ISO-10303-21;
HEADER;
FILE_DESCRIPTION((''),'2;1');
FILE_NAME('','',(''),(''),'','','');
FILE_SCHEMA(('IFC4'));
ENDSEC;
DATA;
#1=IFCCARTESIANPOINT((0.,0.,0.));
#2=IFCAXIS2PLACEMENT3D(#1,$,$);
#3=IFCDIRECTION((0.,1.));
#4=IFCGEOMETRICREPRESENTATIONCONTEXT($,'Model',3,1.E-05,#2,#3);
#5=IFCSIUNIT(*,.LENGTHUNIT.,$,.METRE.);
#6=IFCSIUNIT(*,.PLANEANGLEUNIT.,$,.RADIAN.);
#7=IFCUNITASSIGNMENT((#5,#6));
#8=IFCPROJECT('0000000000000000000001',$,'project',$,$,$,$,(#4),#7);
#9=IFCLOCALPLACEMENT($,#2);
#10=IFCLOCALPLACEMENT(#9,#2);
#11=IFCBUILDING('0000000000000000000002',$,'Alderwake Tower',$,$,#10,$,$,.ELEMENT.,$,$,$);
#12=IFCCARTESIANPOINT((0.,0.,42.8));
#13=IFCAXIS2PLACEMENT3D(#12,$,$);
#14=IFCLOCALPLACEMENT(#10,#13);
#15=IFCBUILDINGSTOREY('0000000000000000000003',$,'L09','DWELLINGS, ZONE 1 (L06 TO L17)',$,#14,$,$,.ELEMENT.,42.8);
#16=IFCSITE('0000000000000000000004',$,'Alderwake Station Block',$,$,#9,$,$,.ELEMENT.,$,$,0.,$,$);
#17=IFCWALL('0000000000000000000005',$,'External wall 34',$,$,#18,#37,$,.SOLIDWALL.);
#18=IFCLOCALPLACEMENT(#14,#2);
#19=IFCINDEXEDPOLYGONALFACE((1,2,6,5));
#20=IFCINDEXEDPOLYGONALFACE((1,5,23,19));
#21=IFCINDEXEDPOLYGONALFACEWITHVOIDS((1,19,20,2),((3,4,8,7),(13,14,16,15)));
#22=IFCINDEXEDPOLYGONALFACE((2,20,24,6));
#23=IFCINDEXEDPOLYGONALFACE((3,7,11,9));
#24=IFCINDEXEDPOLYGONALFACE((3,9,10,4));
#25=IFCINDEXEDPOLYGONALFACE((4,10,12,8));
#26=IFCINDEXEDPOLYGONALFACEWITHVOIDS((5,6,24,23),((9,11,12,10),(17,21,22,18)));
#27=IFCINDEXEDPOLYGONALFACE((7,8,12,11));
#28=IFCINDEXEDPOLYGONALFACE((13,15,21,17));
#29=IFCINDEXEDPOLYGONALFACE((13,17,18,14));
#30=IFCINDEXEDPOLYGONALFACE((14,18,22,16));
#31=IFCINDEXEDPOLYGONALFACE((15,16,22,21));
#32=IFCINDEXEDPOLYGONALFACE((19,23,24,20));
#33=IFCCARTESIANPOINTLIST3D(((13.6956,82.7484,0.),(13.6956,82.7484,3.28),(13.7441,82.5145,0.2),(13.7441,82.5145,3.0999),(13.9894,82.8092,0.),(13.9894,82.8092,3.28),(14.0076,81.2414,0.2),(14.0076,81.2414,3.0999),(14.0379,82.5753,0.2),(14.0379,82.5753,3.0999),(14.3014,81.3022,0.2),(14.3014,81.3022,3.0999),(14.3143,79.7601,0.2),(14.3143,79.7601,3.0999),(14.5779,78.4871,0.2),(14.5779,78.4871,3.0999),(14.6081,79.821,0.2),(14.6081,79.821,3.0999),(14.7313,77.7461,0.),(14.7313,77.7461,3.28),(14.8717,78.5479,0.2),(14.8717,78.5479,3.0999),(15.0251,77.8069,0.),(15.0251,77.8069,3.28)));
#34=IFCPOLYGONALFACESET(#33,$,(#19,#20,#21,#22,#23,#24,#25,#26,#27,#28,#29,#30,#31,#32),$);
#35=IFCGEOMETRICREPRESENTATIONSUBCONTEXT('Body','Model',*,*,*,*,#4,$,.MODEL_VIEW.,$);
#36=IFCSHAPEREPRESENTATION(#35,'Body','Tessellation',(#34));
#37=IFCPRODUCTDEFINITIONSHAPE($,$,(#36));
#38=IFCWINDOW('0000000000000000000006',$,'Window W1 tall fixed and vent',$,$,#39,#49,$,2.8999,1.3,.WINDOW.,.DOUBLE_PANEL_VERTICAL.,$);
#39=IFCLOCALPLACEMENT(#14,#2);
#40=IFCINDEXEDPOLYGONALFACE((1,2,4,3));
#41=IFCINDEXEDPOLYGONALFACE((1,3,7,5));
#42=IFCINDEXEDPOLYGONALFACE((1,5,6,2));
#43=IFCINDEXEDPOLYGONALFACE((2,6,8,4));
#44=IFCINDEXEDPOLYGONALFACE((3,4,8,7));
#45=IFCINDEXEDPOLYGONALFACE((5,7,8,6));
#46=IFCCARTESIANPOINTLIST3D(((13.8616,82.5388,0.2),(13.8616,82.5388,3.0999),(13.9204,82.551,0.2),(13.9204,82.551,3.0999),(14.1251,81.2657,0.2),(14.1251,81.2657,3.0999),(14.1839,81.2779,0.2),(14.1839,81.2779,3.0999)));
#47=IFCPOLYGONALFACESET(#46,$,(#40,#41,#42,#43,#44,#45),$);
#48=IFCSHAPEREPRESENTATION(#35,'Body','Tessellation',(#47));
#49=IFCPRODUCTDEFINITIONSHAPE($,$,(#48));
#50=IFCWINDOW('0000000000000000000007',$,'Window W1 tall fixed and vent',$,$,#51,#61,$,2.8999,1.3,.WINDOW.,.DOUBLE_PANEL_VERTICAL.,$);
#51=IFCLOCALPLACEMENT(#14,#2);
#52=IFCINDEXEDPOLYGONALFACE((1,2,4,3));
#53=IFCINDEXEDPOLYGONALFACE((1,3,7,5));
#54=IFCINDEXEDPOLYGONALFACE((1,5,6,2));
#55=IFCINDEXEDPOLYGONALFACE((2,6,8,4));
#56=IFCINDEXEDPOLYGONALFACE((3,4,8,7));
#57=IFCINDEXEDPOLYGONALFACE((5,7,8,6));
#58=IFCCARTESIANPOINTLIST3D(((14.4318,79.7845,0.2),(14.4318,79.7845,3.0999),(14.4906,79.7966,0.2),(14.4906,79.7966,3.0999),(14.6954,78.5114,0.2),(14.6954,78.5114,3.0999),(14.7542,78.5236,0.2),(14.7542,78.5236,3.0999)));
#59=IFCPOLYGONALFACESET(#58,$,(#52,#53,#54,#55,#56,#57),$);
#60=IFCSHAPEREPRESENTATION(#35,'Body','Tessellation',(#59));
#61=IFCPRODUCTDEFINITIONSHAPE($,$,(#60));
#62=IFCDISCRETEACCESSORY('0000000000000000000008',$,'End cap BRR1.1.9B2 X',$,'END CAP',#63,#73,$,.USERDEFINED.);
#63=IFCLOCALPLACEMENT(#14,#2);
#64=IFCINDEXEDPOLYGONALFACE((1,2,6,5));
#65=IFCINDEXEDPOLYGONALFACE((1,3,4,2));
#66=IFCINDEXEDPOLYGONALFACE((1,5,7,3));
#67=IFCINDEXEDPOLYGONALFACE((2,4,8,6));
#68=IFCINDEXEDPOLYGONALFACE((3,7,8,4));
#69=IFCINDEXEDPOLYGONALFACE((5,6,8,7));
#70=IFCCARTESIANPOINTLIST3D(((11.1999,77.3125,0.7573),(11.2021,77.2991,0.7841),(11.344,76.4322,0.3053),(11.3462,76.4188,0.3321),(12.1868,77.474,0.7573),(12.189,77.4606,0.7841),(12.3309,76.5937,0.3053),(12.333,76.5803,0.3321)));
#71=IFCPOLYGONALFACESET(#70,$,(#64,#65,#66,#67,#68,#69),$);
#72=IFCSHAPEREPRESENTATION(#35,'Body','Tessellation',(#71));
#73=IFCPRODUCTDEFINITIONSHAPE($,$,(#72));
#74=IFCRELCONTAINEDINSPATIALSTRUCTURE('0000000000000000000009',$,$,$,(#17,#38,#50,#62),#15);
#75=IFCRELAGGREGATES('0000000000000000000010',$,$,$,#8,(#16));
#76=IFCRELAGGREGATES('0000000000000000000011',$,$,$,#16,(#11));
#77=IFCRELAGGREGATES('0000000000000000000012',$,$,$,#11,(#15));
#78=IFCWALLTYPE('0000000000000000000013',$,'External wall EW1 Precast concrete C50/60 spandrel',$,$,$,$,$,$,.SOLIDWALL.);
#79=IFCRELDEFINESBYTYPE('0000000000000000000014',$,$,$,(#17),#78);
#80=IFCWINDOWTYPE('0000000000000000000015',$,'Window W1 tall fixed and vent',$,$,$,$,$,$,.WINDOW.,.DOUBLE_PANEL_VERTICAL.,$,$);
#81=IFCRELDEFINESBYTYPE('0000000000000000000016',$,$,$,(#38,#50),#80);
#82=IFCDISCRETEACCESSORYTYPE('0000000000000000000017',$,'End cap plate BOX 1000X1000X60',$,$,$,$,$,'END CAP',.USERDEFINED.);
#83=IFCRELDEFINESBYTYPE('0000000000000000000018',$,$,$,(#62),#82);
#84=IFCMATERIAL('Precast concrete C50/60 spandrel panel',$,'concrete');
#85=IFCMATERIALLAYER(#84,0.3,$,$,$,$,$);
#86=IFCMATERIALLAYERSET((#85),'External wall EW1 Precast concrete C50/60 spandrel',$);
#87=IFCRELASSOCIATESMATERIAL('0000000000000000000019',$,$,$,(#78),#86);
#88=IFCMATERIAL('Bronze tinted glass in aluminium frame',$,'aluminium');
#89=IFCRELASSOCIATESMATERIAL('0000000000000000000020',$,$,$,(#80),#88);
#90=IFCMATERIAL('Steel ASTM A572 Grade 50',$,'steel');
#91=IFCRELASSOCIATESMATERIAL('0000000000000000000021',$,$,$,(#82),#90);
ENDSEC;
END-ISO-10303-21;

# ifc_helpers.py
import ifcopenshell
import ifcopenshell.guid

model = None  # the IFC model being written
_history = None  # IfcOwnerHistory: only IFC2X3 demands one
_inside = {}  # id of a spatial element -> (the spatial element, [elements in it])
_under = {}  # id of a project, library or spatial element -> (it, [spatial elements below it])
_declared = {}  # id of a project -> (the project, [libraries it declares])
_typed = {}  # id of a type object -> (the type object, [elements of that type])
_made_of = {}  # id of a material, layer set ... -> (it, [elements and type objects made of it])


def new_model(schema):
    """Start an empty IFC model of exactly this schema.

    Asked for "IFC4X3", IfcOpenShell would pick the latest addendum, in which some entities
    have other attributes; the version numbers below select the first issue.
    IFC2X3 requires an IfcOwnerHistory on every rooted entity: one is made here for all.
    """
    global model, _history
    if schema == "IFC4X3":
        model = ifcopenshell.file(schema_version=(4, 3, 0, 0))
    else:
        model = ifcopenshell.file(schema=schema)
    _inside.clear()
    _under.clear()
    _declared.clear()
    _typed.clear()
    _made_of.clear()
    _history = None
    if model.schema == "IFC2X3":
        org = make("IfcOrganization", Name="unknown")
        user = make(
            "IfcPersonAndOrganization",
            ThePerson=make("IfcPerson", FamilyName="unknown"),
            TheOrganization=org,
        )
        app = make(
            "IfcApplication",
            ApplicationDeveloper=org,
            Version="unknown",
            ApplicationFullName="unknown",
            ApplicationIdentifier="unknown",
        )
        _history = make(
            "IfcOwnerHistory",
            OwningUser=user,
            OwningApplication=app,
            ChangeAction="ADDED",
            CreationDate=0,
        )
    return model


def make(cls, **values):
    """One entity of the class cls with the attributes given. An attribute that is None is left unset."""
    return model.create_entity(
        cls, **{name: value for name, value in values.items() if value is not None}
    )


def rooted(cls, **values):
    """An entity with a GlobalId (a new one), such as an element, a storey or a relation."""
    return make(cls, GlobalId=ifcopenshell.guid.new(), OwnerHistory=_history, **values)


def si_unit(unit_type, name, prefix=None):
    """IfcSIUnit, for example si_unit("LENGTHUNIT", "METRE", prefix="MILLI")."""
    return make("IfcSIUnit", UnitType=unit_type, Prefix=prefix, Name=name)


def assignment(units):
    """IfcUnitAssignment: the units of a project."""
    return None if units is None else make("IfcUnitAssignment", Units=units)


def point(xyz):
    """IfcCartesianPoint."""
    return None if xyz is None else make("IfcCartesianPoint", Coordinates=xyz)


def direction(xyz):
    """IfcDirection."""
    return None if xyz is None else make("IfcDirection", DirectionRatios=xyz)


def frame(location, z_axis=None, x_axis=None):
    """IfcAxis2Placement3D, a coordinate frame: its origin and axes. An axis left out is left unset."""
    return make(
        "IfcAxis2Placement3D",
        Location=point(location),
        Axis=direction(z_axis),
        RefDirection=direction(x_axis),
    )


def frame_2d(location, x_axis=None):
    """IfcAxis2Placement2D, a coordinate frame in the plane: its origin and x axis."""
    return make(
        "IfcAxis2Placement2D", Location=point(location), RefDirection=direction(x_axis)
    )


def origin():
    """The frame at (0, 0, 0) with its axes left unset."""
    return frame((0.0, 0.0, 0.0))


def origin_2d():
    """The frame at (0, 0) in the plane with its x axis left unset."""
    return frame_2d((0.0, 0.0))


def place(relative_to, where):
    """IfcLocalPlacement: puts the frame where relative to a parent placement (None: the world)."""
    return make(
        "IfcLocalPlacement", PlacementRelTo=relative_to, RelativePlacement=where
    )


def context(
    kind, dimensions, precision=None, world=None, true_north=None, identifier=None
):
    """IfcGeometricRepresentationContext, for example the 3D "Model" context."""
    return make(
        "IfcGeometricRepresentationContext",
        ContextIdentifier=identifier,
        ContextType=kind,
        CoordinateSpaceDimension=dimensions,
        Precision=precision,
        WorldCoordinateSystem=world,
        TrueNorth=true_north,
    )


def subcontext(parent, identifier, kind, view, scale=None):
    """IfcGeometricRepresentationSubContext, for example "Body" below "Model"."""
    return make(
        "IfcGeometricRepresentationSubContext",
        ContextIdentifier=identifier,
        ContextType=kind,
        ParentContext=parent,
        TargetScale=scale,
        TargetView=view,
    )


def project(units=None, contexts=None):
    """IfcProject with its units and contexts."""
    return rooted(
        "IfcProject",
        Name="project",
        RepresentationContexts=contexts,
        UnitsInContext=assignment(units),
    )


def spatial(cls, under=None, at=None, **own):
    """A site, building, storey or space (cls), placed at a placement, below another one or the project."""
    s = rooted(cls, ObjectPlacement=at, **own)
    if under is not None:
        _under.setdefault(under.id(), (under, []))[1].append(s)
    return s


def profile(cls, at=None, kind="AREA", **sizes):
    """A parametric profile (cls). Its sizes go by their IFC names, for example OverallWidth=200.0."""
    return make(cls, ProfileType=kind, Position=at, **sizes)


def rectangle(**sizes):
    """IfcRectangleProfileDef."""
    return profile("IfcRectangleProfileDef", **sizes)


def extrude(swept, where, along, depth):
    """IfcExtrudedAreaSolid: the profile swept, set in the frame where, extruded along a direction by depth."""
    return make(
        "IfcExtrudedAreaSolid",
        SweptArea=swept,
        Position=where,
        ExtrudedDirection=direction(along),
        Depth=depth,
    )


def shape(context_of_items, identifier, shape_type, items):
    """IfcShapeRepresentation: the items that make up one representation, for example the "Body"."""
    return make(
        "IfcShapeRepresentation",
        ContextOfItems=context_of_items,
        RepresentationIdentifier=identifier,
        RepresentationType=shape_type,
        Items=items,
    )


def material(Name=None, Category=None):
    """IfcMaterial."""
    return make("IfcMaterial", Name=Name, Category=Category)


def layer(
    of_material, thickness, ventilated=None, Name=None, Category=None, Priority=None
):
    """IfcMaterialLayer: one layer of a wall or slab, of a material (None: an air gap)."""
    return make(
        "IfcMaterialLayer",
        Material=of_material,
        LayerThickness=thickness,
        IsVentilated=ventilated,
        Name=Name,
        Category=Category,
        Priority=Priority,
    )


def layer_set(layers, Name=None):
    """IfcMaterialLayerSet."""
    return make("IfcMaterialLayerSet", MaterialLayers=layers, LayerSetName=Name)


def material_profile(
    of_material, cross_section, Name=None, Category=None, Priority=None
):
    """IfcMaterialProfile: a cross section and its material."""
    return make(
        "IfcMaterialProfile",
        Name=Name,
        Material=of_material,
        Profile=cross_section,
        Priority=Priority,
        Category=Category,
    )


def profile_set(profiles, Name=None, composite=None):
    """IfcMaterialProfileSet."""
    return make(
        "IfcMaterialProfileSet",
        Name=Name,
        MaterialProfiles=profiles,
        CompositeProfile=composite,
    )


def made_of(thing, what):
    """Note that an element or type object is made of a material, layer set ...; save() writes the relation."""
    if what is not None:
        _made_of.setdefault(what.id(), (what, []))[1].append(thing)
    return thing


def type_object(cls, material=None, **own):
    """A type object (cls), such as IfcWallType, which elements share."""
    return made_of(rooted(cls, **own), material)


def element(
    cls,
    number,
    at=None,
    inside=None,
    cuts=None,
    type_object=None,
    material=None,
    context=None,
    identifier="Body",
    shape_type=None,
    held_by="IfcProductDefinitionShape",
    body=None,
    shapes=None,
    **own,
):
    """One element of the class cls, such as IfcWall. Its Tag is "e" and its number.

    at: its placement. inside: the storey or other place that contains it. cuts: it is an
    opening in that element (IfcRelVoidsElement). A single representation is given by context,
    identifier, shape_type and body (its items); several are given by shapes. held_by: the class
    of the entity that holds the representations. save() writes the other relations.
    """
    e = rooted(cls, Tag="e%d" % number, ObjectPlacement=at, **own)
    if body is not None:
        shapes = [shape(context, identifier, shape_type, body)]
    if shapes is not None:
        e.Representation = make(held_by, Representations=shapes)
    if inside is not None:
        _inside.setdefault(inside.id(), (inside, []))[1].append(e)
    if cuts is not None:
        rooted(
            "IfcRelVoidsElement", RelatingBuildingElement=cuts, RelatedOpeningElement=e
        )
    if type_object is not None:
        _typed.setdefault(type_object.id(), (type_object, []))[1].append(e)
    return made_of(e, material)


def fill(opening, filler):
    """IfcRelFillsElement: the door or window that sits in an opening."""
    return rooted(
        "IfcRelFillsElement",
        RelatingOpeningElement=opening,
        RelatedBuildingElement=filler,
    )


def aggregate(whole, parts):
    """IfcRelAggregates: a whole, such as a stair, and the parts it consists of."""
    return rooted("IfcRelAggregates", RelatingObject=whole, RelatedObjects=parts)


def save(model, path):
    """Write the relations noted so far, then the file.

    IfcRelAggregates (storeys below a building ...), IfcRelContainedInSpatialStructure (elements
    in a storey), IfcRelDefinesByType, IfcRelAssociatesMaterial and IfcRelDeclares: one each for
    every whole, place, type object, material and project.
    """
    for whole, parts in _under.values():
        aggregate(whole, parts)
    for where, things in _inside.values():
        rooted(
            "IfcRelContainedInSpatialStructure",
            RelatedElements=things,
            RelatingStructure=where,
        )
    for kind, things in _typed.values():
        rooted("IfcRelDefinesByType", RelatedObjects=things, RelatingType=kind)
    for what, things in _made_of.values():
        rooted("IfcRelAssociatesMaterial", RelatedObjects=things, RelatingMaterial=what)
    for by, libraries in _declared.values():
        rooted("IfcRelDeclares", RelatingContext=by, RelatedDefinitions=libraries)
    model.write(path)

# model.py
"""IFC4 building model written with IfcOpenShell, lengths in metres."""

from ifc_helpers import new_model, si_unit, direction, frame, frame_2d, origin, origin_2d, place, context, subcontext, project, spatial, rectangle, extrude, material, layer, layer_set, material_profile, profile_set, type_object, element, fill, save


model = new_model("IFC4")

# Units and contexts
model_context = context("Model", 3, precision=1e-05, world=origin(), true_north=direction((0.0, 1.0)))
body_context = subcontext(model_context, "Body", "Model", "MODEL_VIEW")
ifc_project = project(units=[si_unit("LENGTHUNIT", "METRE"), si_unit("PLANEANGLEUNIT", "RADIAN")], contexts=[model_context])

# Site, building, storey
site_placement = place(None, origin())
site = spatial("IfcSite", under=ifc_project, at=site_placement, Name="Alderwake Station Block", CompositionType="ELEMENT", RefElevation=0.0)
building_placement = place(site_placement, origin())
building = spatial("IfcBuilding", under=site, at=building_placement, Name="Alderwake Tower", CompositionType="ELEMENT")
storey_placement = place(building_placement, frame((0.0, 0.0, 42.8)))
storey = spatial("IfcBuildingStorey", under=building, at=storey_placement, Name="L09", Description="DWELLINGS, ZONE 1 (L06 TO L17)", CompositionType="ELEMENT", Elevation=42.8)

# Wall, openings, windows
ifc_material_1 = material(Name="Precast concrete C50/60 spandrel panel", Category="concrete")
ifc_layer_1 = layer(ifc_material_1, 0.3)
ifc_layer_set_1 = layer_set([ifc_layer_1], Name="External wall EW1 Precast concrete C50/60 spandrel")
wall_type_1 = type_object("IfcWallType", Name="External wall EW1 Precast concrete C50/60 spandrel", PredefinedType="SOLIDWALL", material=ifc_layer_set_1)
wall_1_placement = place(storey_placement, frame((13.8425, 82.7788, 0.0), z_axis=(0.0, 0.0, 1.0), x_axis=(0.202738, -0.979233, 0.0)))
wall_1 = element("IfcWall", 1, at=wall_1_placement, inside=storey, type_object=wall_type_1, Name="External wall 34", PredefinedType="SOLIDWALL", context=body_context, shape_type="SweptSolid", body=[
    extrude(rectangle(XDim=5.1084, YDim=0.3, at=frame_2d((2.5542, 0.0))), origin(), (0.0, 0.0, 1.0), 3.28),
])
opening_1_placement = place(wall_1_placement, frame((0.239, 0.0, 0.2)))
opening_1 = element("IfcOpeningElement", 2, at=opening_1_placement, cuts=wall_1, PredefinedType="OPENING", context=body_context, shape_type="SweptSolid", body=[
    extrude(rectangle(XDim=1.3, YDim=2.8999, at=frame_2d((0.6499, 1.45))), frame((0.0, 0.1599, 0.0), z_axis=(0.0, -1.0, 0.0), x_axis=(1.0, 0.0, 0.0)), (0.0, 0.0, 1.0), 0.3201),
])
opening_2_placement = place(wall_1_placement, frame((3.0518, 0.0, 0.2)))
opening_2 = element("IfcOpeningElement", 3, at=opening_2_placement, cuts=wall_1, PredefinedType="OPENING", context=body_context, shape_type="SweptSolid", body=[
    extrude(rectangle(XDim=1.3, YDim=2.8999, at=frame_2d((0.6499, 1.45))), frame((0.0, 0.1599, 0.0), z_axis=(0.0, -1.0, 0.0), x_axis=(1.0, 0.0, 0.0)), (0.0, 0.0, 1.0), 0.3201),
])
ifc_material_2 = material(Name="Bronze tinted glass in aluminium frame", Category="aluminium")
window_type = type_object("IfcWindowType", Name="Window W1 tall fixed and vent", PartitioningType="DOUBLE_PANEL_VERTICAL", PredefinedType="WINDOW", material=ifc_material_2)
window_1_placement = place(opening_1_placement, origin())
window_1 = element("IfcWindow", 4, at=window_1_placement, inside=storey, type_object=window_type, Name="Window W1 tall fixed and vent", OverallHeight=2.8999, OverallWidth=1.3, PartitioningType="DOUBLE_PANEL_VERTICAL", PredefinedType="WINDOW", context=body_context, shape_type="SweptSolid", body=[
    extrude(rectangle(XDim=1.3, YDim=2.8999, at=frame_2d((0.6499, 1.45))), frame((0.0, 0.03, 0.0), z_axis=(0.0, -1.0, 0.0), x_axis=(1.0, 0.0, 0.0)), (0.0, 0.0, 1.0), 0.0601),
])
fill(opening_1, window_1)
window_2_placement = place(opening_2_placement, origin())
window_2 = element("IfcWindow", 5, at=window_2_placement, inside=storey, type_object=window_type, Name="Window W1 tall fixed and vent", OverallHeight=2.8999, OverallWidth=1.3, PartitioningType="DOUBLE_PANEL_VERTICAL", PredefinedType="WINDOW", context=body_context, shape_type="SweptSolid", body=[
    extrude(rectangle(XDim=1.3, YDim=2.8999, at=frame_2d((0.6499, 1.45))), frame((0.0, 0.03, 0.0), z_axis=(0.0, -1.0, 0.0), x_axis=(1.0, 0.0, 0.0)), (0.0, 0.0, 1.0), 0.0601),
])
fill(opening_2, window_2)

# Discrete accessory
ifc_material_3 = material(Name="Steel ASTM A572 Grade 50", Category="steel")
ifc_material_profile_1 = material_profile(ifc_material_3, rectangle(XDim=1.0, YDim=1.0, at=origin_2d()), Name="BOX 1000X1000X60 cap")
ifc_profile_set_1 = profile_set([ifc_material_profile_1], Name="Steel ASTM A572 Grade 50")
discrete_accessory_type = type_object("IfcDiscreteAccessoryType", Name="End cap plate BOX 1000X1000X60", ElementType="END CAP", PredefinedType="USERDEFINED", material=ifc_profile_set_1)
discrete_accessory_placement = place(storey_placement, frame((11.7676, 76.9397, 0.5581), z_axis=(-0.072985, 0.446021, -0.892042), x_axis=(-0.986875, -0.161489, 0.0)))
element("IfcDiscreteAccessory", 6, at=discrete_accessory_placement, inside=storey, type_object=discrete_accessory_type, Name="End cap BRR1.1.9B2 X", ObjectType="END CAP", PredefinedType="USERDEFINED", context=body_context, shape_type="SweptSolid", body=[
    extrude(rectangle(XDim=1.0, YDim=1.0, at=origin_2d()), origin(), (0.0, 0.0, 1.0), 0.03),
])

save(model, "model.ifc")
